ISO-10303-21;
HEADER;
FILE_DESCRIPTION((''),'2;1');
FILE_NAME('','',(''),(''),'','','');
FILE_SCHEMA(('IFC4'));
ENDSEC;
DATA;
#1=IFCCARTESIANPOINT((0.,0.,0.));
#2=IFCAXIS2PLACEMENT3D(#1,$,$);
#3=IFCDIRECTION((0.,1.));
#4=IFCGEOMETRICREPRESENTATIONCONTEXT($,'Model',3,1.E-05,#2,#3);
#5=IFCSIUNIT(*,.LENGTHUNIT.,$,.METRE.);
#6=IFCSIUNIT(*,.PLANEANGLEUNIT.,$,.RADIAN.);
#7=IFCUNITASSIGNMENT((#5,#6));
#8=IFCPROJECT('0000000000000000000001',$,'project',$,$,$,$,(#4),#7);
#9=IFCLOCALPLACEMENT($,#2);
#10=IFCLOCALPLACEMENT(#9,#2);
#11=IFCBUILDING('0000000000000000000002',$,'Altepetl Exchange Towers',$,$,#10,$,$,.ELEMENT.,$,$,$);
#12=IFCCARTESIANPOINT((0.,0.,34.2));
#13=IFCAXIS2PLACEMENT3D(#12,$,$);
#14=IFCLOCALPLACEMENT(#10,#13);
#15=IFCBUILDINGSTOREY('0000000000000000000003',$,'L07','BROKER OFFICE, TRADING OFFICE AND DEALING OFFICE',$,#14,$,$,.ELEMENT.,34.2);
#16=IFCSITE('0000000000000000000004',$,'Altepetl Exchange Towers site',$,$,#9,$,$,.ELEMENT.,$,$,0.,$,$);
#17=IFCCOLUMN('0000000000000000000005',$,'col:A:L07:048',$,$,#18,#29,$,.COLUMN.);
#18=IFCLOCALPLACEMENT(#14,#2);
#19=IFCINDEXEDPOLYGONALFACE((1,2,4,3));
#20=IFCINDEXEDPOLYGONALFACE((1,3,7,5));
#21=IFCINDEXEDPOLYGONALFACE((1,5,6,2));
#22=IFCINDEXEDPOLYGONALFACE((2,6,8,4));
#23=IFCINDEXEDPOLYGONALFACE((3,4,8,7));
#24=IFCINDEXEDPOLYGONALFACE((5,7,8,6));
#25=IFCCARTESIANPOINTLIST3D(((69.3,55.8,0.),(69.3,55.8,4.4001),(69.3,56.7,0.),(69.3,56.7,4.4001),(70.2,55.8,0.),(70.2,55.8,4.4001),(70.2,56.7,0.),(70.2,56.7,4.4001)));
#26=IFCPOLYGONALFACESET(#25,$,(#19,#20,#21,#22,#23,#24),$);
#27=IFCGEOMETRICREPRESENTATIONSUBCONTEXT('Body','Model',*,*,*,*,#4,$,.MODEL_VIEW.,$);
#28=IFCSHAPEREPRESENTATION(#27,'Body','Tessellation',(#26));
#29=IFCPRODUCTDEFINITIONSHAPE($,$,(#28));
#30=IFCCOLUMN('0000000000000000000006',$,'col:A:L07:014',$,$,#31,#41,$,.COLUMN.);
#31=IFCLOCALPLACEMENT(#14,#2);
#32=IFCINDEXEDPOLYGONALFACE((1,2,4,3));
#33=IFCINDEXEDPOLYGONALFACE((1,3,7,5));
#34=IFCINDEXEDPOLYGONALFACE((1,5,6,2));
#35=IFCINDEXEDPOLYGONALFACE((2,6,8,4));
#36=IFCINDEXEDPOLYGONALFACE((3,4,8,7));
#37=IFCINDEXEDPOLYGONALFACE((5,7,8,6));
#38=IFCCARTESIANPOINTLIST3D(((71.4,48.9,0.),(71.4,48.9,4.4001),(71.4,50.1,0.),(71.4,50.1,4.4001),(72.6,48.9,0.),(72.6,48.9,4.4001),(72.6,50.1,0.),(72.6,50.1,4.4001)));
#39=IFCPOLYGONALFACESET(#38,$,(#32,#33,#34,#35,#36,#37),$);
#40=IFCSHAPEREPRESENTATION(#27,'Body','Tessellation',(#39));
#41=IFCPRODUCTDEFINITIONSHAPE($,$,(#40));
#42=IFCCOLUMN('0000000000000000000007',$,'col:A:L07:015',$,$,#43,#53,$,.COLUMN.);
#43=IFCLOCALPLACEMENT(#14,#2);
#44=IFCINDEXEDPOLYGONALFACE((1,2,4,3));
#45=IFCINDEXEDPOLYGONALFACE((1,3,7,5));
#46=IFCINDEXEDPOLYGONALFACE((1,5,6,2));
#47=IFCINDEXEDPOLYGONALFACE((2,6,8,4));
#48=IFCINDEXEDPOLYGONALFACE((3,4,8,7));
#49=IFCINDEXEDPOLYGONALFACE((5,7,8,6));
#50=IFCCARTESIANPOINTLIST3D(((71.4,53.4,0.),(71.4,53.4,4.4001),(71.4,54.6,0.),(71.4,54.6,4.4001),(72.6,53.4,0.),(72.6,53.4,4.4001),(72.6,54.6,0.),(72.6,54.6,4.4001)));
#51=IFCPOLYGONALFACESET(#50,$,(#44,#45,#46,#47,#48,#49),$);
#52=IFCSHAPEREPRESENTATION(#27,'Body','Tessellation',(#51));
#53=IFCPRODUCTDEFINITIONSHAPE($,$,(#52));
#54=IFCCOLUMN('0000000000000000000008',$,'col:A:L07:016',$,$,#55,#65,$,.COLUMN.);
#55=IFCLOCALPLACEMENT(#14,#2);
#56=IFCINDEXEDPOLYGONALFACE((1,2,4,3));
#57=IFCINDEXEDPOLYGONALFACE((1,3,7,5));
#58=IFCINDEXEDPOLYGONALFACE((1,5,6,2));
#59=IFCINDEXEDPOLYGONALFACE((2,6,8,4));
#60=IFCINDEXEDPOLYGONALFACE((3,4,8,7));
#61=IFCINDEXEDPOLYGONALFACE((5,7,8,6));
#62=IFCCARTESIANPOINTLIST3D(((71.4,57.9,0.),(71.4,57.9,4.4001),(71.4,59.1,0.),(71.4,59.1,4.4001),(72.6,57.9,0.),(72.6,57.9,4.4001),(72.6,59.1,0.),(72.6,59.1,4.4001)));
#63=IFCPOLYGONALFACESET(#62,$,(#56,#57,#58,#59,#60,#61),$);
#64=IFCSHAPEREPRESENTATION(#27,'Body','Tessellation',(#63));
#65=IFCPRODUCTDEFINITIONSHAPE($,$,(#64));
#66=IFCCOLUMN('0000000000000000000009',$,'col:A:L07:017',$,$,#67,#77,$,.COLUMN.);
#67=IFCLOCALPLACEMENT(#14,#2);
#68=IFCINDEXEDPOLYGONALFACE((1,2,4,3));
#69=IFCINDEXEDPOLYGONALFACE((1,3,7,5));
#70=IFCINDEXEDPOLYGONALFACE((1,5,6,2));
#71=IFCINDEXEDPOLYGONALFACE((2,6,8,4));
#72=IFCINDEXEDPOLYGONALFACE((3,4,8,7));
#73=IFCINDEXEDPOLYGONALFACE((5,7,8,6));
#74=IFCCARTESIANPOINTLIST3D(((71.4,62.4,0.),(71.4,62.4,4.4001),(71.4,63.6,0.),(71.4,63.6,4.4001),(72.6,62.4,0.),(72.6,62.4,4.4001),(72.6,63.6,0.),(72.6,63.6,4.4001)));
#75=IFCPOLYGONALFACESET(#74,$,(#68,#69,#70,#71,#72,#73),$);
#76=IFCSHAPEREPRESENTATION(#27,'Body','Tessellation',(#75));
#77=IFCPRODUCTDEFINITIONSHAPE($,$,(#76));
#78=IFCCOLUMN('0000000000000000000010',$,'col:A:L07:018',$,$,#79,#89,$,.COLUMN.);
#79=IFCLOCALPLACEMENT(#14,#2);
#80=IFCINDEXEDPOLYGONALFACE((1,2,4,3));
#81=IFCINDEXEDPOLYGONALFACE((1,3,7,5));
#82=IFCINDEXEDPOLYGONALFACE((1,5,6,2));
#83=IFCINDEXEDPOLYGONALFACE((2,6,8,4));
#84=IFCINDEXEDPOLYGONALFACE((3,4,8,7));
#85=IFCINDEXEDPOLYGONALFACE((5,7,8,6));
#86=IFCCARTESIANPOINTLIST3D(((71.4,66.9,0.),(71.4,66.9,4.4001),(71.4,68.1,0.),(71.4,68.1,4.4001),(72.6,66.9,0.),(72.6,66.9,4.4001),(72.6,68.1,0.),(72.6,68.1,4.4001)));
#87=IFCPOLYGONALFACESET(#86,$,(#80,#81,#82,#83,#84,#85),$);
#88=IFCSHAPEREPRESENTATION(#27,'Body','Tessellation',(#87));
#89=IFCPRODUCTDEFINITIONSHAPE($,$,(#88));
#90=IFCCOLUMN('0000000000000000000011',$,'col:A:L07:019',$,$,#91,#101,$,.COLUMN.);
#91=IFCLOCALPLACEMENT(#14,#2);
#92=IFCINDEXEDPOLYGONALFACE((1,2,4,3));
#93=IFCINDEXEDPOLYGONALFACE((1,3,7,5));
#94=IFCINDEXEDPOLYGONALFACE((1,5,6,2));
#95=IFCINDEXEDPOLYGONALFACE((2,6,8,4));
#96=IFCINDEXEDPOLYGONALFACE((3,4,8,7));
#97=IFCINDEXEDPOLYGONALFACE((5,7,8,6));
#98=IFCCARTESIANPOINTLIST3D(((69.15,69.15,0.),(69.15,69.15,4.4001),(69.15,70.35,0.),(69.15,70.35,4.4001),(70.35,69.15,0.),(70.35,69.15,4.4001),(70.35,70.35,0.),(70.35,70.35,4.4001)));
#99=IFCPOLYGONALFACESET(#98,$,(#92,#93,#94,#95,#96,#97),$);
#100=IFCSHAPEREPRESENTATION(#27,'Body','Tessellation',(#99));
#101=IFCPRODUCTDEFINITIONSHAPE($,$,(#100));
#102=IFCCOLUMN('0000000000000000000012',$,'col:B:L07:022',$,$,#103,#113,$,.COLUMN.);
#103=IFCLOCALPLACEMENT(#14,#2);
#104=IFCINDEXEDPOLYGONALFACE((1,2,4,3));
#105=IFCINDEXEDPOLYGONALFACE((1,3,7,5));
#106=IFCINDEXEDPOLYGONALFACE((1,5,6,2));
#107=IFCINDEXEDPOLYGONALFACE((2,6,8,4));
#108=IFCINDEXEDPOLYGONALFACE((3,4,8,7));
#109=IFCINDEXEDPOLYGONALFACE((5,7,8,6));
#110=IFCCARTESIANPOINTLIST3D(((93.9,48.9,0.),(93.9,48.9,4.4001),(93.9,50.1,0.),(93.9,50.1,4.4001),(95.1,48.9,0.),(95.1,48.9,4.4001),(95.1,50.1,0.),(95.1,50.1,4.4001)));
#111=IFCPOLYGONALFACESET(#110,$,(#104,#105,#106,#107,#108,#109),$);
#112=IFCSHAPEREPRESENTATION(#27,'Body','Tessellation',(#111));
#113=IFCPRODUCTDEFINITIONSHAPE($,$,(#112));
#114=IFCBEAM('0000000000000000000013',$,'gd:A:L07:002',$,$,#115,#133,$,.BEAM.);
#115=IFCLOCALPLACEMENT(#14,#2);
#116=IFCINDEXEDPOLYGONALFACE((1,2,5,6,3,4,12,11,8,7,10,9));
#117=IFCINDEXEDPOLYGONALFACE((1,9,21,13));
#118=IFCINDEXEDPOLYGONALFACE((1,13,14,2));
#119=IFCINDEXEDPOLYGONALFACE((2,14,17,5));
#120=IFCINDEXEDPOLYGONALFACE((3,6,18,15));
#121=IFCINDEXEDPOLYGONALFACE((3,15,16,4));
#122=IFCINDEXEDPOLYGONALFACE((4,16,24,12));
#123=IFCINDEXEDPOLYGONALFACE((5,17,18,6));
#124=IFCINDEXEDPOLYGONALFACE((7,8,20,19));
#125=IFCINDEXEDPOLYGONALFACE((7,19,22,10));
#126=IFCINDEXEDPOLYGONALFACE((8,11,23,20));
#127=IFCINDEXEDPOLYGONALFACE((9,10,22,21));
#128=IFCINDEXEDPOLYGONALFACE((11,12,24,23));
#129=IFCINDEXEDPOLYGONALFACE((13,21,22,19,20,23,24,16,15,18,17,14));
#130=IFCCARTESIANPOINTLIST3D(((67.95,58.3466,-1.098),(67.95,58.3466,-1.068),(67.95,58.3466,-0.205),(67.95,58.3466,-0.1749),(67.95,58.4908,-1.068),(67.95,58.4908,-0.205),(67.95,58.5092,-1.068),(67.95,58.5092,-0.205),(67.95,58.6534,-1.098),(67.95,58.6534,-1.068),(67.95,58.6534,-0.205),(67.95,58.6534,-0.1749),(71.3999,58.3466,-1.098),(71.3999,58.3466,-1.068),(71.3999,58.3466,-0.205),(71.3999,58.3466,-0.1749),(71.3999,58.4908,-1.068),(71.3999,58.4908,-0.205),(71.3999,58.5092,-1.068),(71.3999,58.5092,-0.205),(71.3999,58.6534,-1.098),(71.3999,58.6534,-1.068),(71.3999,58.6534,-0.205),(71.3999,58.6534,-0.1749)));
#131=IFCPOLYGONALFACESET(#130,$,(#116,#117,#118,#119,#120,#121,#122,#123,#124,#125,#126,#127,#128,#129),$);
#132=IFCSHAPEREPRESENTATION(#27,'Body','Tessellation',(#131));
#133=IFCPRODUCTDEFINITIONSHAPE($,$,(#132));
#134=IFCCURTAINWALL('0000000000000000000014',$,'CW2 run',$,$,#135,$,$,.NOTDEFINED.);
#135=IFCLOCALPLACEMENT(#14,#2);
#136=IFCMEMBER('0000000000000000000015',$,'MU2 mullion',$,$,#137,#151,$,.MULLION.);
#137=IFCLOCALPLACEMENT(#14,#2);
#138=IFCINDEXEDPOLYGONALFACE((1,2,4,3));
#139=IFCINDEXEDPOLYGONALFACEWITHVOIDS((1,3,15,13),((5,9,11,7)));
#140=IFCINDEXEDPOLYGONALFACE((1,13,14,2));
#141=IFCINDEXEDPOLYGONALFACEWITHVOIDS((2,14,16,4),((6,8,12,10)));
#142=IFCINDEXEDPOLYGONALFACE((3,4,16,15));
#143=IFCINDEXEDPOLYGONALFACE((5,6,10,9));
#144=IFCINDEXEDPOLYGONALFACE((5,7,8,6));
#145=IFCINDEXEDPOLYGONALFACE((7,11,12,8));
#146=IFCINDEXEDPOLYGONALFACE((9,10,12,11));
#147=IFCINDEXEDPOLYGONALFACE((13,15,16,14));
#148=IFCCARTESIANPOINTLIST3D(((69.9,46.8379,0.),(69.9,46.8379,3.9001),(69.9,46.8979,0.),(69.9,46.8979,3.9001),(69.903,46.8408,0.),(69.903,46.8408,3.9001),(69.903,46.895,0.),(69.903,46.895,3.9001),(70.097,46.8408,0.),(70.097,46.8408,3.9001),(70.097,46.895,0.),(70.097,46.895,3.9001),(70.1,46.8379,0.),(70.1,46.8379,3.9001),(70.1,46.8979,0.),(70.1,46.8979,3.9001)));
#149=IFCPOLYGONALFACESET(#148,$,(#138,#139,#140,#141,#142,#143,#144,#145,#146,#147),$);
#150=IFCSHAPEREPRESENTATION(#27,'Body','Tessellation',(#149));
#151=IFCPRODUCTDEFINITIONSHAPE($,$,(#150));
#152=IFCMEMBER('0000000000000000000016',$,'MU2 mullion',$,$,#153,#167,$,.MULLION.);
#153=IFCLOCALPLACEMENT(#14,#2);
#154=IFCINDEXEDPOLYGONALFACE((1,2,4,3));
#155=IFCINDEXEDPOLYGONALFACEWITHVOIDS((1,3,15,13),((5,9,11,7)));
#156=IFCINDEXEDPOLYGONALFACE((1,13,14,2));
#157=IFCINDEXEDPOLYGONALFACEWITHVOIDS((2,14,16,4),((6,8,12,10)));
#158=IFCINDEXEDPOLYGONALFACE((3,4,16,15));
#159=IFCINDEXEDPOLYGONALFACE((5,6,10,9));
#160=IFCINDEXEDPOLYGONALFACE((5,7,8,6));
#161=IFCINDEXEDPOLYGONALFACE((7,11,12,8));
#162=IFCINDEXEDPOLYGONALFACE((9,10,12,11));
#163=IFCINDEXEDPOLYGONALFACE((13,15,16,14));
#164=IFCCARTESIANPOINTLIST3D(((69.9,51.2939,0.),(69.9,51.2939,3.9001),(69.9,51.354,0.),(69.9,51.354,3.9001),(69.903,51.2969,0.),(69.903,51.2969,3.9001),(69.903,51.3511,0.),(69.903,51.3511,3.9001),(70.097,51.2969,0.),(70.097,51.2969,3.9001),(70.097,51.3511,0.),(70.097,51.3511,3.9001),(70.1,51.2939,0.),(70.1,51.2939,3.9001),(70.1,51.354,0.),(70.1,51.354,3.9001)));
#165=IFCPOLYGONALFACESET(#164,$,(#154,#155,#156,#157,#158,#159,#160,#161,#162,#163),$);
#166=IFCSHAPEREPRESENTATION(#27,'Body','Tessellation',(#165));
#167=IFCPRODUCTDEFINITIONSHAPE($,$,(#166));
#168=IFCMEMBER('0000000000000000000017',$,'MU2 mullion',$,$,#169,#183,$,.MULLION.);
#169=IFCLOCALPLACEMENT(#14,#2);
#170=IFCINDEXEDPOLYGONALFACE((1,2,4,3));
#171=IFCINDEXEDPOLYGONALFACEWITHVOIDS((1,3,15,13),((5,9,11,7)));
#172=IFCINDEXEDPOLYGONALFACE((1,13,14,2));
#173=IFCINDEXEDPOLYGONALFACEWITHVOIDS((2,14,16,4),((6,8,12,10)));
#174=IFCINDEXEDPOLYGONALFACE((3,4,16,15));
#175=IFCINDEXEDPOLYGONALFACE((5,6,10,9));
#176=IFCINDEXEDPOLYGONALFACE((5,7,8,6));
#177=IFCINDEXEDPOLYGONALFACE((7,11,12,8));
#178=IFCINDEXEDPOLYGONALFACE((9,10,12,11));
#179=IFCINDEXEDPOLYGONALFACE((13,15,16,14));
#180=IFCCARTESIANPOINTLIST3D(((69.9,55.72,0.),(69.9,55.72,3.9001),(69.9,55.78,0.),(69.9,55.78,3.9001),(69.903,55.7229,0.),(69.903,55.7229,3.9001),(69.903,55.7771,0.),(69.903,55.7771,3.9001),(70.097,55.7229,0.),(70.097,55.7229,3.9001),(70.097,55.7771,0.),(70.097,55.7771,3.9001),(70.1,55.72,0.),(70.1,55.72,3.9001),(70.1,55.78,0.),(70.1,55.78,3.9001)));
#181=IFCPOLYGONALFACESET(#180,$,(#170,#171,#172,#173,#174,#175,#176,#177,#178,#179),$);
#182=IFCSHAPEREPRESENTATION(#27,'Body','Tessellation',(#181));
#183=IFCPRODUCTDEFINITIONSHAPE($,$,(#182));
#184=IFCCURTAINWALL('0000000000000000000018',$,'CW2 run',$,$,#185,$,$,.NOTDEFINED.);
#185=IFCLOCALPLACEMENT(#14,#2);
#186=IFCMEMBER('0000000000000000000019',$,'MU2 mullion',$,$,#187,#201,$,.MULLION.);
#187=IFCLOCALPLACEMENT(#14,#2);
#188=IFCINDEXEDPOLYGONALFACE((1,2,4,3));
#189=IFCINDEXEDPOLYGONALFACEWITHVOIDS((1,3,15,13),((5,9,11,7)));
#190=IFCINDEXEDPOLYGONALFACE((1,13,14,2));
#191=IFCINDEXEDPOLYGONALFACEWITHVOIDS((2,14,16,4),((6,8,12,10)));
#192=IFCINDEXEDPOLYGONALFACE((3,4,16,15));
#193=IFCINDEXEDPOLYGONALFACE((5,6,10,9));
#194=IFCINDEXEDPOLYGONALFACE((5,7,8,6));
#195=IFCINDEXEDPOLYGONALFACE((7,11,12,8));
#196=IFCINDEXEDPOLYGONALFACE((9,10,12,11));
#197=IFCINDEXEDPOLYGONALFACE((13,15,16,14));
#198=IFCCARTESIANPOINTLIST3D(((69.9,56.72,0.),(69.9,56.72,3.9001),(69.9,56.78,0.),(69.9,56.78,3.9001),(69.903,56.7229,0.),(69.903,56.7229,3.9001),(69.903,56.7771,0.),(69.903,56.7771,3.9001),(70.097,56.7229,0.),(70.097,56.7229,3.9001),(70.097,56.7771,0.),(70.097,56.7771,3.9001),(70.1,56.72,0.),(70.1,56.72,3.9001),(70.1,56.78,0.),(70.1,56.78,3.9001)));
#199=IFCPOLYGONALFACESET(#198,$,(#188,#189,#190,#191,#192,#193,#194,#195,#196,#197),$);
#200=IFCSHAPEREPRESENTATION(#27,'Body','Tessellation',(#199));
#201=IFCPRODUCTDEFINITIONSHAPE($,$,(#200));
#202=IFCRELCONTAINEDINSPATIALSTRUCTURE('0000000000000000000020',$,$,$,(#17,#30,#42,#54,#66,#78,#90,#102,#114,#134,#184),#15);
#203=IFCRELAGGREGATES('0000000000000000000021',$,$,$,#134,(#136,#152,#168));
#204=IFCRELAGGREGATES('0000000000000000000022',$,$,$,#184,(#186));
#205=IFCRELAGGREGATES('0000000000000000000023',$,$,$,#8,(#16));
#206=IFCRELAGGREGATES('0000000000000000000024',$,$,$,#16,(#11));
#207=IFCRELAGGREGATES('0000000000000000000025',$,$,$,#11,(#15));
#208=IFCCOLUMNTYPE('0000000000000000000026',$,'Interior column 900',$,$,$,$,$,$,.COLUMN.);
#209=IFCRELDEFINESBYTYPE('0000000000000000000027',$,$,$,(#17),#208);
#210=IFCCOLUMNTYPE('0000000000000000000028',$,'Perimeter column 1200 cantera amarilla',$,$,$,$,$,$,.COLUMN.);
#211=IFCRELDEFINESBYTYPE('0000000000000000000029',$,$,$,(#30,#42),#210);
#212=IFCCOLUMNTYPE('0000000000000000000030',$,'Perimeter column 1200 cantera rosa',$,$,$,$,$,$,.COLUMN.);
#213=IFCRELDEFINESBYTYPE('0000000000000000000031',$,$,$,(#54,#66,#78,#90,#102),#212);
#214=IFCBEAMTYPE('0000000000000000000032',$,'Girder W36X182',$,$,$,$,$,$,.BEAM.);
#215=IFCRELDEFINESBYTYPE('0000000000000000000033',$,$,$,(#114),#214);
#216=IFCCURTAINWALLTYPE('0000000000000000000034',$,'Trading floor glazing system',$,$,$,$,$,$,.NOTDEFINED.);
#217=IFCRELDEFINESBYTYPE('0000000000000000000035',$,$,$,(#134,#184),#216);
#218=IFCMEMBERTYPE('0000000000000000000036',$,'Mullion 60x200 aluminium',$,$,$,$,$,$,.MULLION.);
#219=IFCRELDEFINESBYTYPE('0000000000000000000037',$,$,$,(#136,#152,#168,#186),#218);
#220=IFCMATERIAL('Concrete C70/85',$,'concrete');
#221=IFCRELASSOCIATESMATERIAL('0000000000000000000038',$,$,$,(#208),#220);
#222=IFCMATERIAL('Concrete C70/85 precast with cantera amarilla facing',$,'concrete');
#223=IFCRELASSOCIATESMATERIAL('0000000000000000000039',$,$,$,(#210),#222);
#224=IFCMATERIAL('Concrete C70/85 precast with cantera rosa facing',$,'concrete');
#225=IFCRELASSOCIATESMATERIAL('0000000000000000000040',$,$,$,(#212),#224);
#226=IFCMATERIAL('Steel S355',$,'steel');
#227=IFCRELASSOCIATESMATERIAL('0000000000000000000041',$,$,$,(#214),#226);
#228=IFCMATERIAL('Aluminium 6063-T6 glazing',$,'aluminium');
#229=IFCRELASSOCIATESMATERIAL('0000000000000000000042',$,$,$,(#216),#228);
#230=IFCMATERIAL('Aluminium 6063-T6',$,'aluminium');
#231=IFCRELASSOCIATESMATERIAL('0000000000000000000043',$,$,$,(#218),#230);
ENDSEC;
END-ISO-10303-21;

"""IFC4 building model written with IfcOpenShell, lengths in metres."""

from ifc_helpers import new_model, si_unit, direction, frame, origin, origin_2d, place, context, subcontext, project, spatial, rectangle, hollow_rectangle, i_section, extrude, material, material_profile, profile_set, type_object, element, aggregate, save


model = new_model("IFC4")

# Units and contexts
model_context = context("Model", 3, precision=1e-05, world=origin(), true_north=direction((0.0, 1.0)))
body_context = subcontext(model_context, "Body", "Model", "MODEL_VIEW")
ifc_project = project(units=[si_unit("LENGTHUNIT", "METRE"), si_unit("PLANEANGLEUNIT", "RADIAN")], contexts=[model_context])

# Site, building, storey
site_placement = place(None, origin())
site = spatial("IfcSite", under=ifc_project, at=site_placement, Name="Altepetl Exchange Towers site", CompositionType="ELEMENT", RefElevation=0.0)
building_placement = place(site_placement, origin())
building = spatial("IfcBuilding", under=site, at=building_placement, Name="Altepetl Exchange Towers", CompositionType="ELEMENT")
storey_placement = place(building_placement, frame((0.0, 0.0, 34.2)))
storey = spatial("IfcBuildingStorey", under=building, at=storey_placement, Name="L07", Description="BROKER OFFICE, TRADING OFFICE AND DEALING OFFICE", CompositionType="ELEMENT", Elevation=34.2)

# Columns
ifc_material_1 = material(Name="Concrete C70/85", Category="concrete")
ifc_material_profile_1 = material_profile(ifc_material_1, rectangle(XDim=0.8999, YDim=0.8999, at=origin_2d()), Name="900 x 900")
ifc_profile_set_1 = profile_set([ifc_material_profile_1], Name="Concrete C70/85")
column_type_1 = type_object("IfcColumnType", Name="Interior column 900", PredefinedType="COLUMN", material=ifc_profile_set_1)
column_placement = place(storey_placement, frame((69.75, 56.25, 0.0)))
element("IfcColumn", 1, at=column_placement, inside=storey, type_object=column_type_1, Name="col:A:L07:048", PredefinedType="COLUMN", context=body_context, shape_type="SweptSolid", body=[
    extrude(rectangle(XDim=0.8999, YDim=0.8999, at=origin_2d()), origin(), (0.0, 0.0, 1.0), 4.4001),
])
ifc_material_2 = material(Name="Concrete C70/85 precast with cantera amarilla facing", Category="concrete")
ifc_material_profile_2 = material_profile(ifc_material_2, rectangle(XDim=1.2, YDim=1.2, at=origin_2d()), Name="1200 x 1200")
ifc_profile_set_2 = profile_set([ifc_material_profile_2], Name="Concrete C70/85 precast with cantera amarilla facing")
column_type_2 = type_object("IfcColumnType", Name="Perimeter column 1200 cantera amarilla", PredefinedType="COLUMN", material=ifc_profile_set_2)
for number, where, name in (
    (2, (72.0, 49.5, 0.0), "col:A:L07:014"),
    (3, (72.0, 54.0, 0.0), "col:A:L07:015"),
):
    element("IfcColumn", number, at=place(storey_placement, frame(where)), inside=storey, type_object=column_type_2, Name=name, PredefinedType="COLUMN", context=body_context, shape_type="SweptSolid", body=[
        extrude(rectangle(XDim=1.2, YDim=1.2, at=origin_2d()), origin(), (0.0, 0.0, 1.0), 4.4001),
    ])
ifc_material_3 = material(Name="Concrete C70/85 precast with cantera rosa facing", Category="concrete")
ifc_material_profile_3 = material_profile(ifc_material_3, rectangle(XDim=1.2, YDim=1.2, at=origin_2d()), Name="1200 x 1200")
ifc_profile_set_3 = profile_set([ifc_material_profile_3], Name="Concrete C70/85 precast with cantera rosa facing")
column_type_3 = type_object("IfcColumnType", Name="Perimeter column 1200 cantera rosa", PredefinedType="COLUMN", material=ifc_profile_set_3)
for number, where, name in (
    (4, (72.0, 58.5, 0.0), "col:A:L07:016"),
    (5, (72.0, 63.0, 0.0), "col:A:L07:017"),
    (6, (72.0, 67.5, 0.0), "col:A:L07:018"),
    (7, (69.75, 69.75, 0.0), "col:A:L07:019"),
    (8, (94.5, 49.5, 0.0), "col:B:L07:022"),
):
    element("IfcColumn", number, at=place(storey_placement, frame(where)), inside=storey, type_object=column_type_3, Name=name, PredefinedType="COLUMN", context=body_context, shape_type="SweptSolid", body=[
        extrude(rectangle(XDim=1.2, YDim=1.2, at=origin_2d()), origin(), (0.0, 0.0, 1.0), 4.4001),
    ])

# Beam
ifc_material_4 = material(Name="Steel S355", Category="steel")
ifc_material_profile_4 = material_profile(ifc_material_4, i_section(OverallWidth=0.3069, OverallDepth=0.9231, WebThickness=0.0183, FlangeThickness=0.03, at=origin_2d()), Name="W36X182")
ifc_profile_set_4 = profile_set([ifc_material_profile_4], Name="Steel S355")
beam_type_1 = type_object("IfcBeamType", Name="Girder W36X182", PredefinedType="BEAM", material=ifc_profile_set_4)
beam_1_placement = place(storey_placement, frame((67.95, 58.5, -0.6365), z_axis=(1.0, 0.0, 0.0), x_axis=(0.0, 1.0, 0.0)))
element("IfcBeam", 9, at=beam_1_placement, inside=storey, type_object=beam_type_1, Name="gd:A:L07:002", PredefinedType="BEAM", context=body_context, shape_type="SweptSolid", body=[
    extrude(i_section(OverallWidth=0.3069, OverallDepth=0.9231, WebThickness=0.0183, FlangeThickness=0.03, at=origin_2d()), origin(), (0.0, 0.0, 1.0), 3.45),
])

# Curtain walls, members
ifc_material_5 = material(Name="Aluminium 6063-T6 glazing", Category="aluminium")
curtain_wall_type = type_object("IfcCurtainWallType", Name="Trading floor glazing system", PredefinedType="NOTDEFINED", material=ifc_material_5)
curtain_wall_1_placement = place(storey_placement, origin())
curtain_wall_1 = element("IfcCurtainWall", 10, at=curtain_wall_1_placement, inside=storey, type_object=curtain_wall_type, Name="CW2 run", PredefinedType="NOTDEFINED")
ifc_material_6 = material(Name="Aluminium 6063-T6", Category="aluminium")
ifc_material_profile_5 = material_profile(ifc_material_6, hollow_rectangle(XDim=0.0601, YDim=0.2, WallThickness=0.0029, at=origin_2d()), Name="Mullion 60x200 aluminium")
ifc_profile_set_5 = profile_set([ifc_material_profile_5], Name="Aluminium 6063-T6")
member_type = type_object("IfcMemberType", Name="Mullion 60x200 aluminium", PredefinedType="MULLION", material=ifc_profile_set_5)
member_1_placement = place(storey_placement, frame((70.0, 46.8679, 0.0), z_axis=(0.0, 0.0, 1.0), x_axis=(0.0, 1.0, 0.0)))
member_1 = element("IfcMember", 11, at=member_1_placement, type_object=member_type, Name="MU2 mullion", PredefinedType="MULLION", context=body_context, shape_type="SweptSolid", body=[
    extrude(hollow_rectangle(XDim=0.0601, YDim=0.2, WallThickness=0.0029, at=origin_2d()), origin(), (0.0, 0.0, 1.0), 3.9001),
])
member_2_placement = place(storey_placement, frame((70.0, 51.324, 0.0), z_axis=(0.0, 0.0, 1.0), x_axis=(0.0, 1.0, 0.0)))
member_2 = element("IfcMember", 12, at=member_2_placement, type_object=member_type, Name="MU2 mullion", PredefinedType="MULLION", context=body_context, shape_type="SweptSolid", body=[
    extrude(hollow_rectangle(XDim=0.0601, YDim=0.2, WallThickness=0.0029, at=origin_2d()), origin(), (0.0, 0.0, 1.0), 3.9001),
])
member_3_placement = place(storey_placement, frame((70.0, 55.75, 0.0), z_axis=(0.0, 0.0, 1.0), x_axis=(0.0, 1.0, 0.0)))
member_3 = element("IfcMember", 13, at=member_3_placement, type_object=member_type, Name="MU2 mullion", PredefinedType="MULLION", context=body_context, shape_type="SweptSolid", body=[
    extrude(hollow_rectangle(XDim=0.0601, YDim=0.2, WallThickness=0.0029, at=origin_2d()), origin(), (0.0, 0.0, 1.0), 3.9001),
])
curtain_wall_2_placement = place(storey_placement, origin())
curtain_wall_2 = element("IfcCurtainWall", 14, at=curtain_wall_2_placement, inside=storey, type_object=curtain_wall_type, Name="CW2 run", PredefinedType="NOTDEFINED")
member_4_placement = place(storey_placement, frame((70.0, 56.75, 0.0), z_axis=(0.0, 0.0, 1.0), x_axis=(0.0, 1.0, 0.0)))
member_4 = element("IfcMember", 15, at=member_4_placement, type_object=member_type, Name="MU2 mullion", PredefinedType="MULLION", context=body_context, shape_type="SweptSolid", body=[
    extrude(hollow_rectangle(XDim=0.0601, YDim=0.2, WallThickness=0.0029, at=origin_2d()), origin(), (0.0, 0.0, 1.0), 3.9001),
])

aggregate(curtain_wall_1, [member_1, member_2, member_3])
aggregate(curtain_wall_2, [member_4])

save(model, "model.ifc")
